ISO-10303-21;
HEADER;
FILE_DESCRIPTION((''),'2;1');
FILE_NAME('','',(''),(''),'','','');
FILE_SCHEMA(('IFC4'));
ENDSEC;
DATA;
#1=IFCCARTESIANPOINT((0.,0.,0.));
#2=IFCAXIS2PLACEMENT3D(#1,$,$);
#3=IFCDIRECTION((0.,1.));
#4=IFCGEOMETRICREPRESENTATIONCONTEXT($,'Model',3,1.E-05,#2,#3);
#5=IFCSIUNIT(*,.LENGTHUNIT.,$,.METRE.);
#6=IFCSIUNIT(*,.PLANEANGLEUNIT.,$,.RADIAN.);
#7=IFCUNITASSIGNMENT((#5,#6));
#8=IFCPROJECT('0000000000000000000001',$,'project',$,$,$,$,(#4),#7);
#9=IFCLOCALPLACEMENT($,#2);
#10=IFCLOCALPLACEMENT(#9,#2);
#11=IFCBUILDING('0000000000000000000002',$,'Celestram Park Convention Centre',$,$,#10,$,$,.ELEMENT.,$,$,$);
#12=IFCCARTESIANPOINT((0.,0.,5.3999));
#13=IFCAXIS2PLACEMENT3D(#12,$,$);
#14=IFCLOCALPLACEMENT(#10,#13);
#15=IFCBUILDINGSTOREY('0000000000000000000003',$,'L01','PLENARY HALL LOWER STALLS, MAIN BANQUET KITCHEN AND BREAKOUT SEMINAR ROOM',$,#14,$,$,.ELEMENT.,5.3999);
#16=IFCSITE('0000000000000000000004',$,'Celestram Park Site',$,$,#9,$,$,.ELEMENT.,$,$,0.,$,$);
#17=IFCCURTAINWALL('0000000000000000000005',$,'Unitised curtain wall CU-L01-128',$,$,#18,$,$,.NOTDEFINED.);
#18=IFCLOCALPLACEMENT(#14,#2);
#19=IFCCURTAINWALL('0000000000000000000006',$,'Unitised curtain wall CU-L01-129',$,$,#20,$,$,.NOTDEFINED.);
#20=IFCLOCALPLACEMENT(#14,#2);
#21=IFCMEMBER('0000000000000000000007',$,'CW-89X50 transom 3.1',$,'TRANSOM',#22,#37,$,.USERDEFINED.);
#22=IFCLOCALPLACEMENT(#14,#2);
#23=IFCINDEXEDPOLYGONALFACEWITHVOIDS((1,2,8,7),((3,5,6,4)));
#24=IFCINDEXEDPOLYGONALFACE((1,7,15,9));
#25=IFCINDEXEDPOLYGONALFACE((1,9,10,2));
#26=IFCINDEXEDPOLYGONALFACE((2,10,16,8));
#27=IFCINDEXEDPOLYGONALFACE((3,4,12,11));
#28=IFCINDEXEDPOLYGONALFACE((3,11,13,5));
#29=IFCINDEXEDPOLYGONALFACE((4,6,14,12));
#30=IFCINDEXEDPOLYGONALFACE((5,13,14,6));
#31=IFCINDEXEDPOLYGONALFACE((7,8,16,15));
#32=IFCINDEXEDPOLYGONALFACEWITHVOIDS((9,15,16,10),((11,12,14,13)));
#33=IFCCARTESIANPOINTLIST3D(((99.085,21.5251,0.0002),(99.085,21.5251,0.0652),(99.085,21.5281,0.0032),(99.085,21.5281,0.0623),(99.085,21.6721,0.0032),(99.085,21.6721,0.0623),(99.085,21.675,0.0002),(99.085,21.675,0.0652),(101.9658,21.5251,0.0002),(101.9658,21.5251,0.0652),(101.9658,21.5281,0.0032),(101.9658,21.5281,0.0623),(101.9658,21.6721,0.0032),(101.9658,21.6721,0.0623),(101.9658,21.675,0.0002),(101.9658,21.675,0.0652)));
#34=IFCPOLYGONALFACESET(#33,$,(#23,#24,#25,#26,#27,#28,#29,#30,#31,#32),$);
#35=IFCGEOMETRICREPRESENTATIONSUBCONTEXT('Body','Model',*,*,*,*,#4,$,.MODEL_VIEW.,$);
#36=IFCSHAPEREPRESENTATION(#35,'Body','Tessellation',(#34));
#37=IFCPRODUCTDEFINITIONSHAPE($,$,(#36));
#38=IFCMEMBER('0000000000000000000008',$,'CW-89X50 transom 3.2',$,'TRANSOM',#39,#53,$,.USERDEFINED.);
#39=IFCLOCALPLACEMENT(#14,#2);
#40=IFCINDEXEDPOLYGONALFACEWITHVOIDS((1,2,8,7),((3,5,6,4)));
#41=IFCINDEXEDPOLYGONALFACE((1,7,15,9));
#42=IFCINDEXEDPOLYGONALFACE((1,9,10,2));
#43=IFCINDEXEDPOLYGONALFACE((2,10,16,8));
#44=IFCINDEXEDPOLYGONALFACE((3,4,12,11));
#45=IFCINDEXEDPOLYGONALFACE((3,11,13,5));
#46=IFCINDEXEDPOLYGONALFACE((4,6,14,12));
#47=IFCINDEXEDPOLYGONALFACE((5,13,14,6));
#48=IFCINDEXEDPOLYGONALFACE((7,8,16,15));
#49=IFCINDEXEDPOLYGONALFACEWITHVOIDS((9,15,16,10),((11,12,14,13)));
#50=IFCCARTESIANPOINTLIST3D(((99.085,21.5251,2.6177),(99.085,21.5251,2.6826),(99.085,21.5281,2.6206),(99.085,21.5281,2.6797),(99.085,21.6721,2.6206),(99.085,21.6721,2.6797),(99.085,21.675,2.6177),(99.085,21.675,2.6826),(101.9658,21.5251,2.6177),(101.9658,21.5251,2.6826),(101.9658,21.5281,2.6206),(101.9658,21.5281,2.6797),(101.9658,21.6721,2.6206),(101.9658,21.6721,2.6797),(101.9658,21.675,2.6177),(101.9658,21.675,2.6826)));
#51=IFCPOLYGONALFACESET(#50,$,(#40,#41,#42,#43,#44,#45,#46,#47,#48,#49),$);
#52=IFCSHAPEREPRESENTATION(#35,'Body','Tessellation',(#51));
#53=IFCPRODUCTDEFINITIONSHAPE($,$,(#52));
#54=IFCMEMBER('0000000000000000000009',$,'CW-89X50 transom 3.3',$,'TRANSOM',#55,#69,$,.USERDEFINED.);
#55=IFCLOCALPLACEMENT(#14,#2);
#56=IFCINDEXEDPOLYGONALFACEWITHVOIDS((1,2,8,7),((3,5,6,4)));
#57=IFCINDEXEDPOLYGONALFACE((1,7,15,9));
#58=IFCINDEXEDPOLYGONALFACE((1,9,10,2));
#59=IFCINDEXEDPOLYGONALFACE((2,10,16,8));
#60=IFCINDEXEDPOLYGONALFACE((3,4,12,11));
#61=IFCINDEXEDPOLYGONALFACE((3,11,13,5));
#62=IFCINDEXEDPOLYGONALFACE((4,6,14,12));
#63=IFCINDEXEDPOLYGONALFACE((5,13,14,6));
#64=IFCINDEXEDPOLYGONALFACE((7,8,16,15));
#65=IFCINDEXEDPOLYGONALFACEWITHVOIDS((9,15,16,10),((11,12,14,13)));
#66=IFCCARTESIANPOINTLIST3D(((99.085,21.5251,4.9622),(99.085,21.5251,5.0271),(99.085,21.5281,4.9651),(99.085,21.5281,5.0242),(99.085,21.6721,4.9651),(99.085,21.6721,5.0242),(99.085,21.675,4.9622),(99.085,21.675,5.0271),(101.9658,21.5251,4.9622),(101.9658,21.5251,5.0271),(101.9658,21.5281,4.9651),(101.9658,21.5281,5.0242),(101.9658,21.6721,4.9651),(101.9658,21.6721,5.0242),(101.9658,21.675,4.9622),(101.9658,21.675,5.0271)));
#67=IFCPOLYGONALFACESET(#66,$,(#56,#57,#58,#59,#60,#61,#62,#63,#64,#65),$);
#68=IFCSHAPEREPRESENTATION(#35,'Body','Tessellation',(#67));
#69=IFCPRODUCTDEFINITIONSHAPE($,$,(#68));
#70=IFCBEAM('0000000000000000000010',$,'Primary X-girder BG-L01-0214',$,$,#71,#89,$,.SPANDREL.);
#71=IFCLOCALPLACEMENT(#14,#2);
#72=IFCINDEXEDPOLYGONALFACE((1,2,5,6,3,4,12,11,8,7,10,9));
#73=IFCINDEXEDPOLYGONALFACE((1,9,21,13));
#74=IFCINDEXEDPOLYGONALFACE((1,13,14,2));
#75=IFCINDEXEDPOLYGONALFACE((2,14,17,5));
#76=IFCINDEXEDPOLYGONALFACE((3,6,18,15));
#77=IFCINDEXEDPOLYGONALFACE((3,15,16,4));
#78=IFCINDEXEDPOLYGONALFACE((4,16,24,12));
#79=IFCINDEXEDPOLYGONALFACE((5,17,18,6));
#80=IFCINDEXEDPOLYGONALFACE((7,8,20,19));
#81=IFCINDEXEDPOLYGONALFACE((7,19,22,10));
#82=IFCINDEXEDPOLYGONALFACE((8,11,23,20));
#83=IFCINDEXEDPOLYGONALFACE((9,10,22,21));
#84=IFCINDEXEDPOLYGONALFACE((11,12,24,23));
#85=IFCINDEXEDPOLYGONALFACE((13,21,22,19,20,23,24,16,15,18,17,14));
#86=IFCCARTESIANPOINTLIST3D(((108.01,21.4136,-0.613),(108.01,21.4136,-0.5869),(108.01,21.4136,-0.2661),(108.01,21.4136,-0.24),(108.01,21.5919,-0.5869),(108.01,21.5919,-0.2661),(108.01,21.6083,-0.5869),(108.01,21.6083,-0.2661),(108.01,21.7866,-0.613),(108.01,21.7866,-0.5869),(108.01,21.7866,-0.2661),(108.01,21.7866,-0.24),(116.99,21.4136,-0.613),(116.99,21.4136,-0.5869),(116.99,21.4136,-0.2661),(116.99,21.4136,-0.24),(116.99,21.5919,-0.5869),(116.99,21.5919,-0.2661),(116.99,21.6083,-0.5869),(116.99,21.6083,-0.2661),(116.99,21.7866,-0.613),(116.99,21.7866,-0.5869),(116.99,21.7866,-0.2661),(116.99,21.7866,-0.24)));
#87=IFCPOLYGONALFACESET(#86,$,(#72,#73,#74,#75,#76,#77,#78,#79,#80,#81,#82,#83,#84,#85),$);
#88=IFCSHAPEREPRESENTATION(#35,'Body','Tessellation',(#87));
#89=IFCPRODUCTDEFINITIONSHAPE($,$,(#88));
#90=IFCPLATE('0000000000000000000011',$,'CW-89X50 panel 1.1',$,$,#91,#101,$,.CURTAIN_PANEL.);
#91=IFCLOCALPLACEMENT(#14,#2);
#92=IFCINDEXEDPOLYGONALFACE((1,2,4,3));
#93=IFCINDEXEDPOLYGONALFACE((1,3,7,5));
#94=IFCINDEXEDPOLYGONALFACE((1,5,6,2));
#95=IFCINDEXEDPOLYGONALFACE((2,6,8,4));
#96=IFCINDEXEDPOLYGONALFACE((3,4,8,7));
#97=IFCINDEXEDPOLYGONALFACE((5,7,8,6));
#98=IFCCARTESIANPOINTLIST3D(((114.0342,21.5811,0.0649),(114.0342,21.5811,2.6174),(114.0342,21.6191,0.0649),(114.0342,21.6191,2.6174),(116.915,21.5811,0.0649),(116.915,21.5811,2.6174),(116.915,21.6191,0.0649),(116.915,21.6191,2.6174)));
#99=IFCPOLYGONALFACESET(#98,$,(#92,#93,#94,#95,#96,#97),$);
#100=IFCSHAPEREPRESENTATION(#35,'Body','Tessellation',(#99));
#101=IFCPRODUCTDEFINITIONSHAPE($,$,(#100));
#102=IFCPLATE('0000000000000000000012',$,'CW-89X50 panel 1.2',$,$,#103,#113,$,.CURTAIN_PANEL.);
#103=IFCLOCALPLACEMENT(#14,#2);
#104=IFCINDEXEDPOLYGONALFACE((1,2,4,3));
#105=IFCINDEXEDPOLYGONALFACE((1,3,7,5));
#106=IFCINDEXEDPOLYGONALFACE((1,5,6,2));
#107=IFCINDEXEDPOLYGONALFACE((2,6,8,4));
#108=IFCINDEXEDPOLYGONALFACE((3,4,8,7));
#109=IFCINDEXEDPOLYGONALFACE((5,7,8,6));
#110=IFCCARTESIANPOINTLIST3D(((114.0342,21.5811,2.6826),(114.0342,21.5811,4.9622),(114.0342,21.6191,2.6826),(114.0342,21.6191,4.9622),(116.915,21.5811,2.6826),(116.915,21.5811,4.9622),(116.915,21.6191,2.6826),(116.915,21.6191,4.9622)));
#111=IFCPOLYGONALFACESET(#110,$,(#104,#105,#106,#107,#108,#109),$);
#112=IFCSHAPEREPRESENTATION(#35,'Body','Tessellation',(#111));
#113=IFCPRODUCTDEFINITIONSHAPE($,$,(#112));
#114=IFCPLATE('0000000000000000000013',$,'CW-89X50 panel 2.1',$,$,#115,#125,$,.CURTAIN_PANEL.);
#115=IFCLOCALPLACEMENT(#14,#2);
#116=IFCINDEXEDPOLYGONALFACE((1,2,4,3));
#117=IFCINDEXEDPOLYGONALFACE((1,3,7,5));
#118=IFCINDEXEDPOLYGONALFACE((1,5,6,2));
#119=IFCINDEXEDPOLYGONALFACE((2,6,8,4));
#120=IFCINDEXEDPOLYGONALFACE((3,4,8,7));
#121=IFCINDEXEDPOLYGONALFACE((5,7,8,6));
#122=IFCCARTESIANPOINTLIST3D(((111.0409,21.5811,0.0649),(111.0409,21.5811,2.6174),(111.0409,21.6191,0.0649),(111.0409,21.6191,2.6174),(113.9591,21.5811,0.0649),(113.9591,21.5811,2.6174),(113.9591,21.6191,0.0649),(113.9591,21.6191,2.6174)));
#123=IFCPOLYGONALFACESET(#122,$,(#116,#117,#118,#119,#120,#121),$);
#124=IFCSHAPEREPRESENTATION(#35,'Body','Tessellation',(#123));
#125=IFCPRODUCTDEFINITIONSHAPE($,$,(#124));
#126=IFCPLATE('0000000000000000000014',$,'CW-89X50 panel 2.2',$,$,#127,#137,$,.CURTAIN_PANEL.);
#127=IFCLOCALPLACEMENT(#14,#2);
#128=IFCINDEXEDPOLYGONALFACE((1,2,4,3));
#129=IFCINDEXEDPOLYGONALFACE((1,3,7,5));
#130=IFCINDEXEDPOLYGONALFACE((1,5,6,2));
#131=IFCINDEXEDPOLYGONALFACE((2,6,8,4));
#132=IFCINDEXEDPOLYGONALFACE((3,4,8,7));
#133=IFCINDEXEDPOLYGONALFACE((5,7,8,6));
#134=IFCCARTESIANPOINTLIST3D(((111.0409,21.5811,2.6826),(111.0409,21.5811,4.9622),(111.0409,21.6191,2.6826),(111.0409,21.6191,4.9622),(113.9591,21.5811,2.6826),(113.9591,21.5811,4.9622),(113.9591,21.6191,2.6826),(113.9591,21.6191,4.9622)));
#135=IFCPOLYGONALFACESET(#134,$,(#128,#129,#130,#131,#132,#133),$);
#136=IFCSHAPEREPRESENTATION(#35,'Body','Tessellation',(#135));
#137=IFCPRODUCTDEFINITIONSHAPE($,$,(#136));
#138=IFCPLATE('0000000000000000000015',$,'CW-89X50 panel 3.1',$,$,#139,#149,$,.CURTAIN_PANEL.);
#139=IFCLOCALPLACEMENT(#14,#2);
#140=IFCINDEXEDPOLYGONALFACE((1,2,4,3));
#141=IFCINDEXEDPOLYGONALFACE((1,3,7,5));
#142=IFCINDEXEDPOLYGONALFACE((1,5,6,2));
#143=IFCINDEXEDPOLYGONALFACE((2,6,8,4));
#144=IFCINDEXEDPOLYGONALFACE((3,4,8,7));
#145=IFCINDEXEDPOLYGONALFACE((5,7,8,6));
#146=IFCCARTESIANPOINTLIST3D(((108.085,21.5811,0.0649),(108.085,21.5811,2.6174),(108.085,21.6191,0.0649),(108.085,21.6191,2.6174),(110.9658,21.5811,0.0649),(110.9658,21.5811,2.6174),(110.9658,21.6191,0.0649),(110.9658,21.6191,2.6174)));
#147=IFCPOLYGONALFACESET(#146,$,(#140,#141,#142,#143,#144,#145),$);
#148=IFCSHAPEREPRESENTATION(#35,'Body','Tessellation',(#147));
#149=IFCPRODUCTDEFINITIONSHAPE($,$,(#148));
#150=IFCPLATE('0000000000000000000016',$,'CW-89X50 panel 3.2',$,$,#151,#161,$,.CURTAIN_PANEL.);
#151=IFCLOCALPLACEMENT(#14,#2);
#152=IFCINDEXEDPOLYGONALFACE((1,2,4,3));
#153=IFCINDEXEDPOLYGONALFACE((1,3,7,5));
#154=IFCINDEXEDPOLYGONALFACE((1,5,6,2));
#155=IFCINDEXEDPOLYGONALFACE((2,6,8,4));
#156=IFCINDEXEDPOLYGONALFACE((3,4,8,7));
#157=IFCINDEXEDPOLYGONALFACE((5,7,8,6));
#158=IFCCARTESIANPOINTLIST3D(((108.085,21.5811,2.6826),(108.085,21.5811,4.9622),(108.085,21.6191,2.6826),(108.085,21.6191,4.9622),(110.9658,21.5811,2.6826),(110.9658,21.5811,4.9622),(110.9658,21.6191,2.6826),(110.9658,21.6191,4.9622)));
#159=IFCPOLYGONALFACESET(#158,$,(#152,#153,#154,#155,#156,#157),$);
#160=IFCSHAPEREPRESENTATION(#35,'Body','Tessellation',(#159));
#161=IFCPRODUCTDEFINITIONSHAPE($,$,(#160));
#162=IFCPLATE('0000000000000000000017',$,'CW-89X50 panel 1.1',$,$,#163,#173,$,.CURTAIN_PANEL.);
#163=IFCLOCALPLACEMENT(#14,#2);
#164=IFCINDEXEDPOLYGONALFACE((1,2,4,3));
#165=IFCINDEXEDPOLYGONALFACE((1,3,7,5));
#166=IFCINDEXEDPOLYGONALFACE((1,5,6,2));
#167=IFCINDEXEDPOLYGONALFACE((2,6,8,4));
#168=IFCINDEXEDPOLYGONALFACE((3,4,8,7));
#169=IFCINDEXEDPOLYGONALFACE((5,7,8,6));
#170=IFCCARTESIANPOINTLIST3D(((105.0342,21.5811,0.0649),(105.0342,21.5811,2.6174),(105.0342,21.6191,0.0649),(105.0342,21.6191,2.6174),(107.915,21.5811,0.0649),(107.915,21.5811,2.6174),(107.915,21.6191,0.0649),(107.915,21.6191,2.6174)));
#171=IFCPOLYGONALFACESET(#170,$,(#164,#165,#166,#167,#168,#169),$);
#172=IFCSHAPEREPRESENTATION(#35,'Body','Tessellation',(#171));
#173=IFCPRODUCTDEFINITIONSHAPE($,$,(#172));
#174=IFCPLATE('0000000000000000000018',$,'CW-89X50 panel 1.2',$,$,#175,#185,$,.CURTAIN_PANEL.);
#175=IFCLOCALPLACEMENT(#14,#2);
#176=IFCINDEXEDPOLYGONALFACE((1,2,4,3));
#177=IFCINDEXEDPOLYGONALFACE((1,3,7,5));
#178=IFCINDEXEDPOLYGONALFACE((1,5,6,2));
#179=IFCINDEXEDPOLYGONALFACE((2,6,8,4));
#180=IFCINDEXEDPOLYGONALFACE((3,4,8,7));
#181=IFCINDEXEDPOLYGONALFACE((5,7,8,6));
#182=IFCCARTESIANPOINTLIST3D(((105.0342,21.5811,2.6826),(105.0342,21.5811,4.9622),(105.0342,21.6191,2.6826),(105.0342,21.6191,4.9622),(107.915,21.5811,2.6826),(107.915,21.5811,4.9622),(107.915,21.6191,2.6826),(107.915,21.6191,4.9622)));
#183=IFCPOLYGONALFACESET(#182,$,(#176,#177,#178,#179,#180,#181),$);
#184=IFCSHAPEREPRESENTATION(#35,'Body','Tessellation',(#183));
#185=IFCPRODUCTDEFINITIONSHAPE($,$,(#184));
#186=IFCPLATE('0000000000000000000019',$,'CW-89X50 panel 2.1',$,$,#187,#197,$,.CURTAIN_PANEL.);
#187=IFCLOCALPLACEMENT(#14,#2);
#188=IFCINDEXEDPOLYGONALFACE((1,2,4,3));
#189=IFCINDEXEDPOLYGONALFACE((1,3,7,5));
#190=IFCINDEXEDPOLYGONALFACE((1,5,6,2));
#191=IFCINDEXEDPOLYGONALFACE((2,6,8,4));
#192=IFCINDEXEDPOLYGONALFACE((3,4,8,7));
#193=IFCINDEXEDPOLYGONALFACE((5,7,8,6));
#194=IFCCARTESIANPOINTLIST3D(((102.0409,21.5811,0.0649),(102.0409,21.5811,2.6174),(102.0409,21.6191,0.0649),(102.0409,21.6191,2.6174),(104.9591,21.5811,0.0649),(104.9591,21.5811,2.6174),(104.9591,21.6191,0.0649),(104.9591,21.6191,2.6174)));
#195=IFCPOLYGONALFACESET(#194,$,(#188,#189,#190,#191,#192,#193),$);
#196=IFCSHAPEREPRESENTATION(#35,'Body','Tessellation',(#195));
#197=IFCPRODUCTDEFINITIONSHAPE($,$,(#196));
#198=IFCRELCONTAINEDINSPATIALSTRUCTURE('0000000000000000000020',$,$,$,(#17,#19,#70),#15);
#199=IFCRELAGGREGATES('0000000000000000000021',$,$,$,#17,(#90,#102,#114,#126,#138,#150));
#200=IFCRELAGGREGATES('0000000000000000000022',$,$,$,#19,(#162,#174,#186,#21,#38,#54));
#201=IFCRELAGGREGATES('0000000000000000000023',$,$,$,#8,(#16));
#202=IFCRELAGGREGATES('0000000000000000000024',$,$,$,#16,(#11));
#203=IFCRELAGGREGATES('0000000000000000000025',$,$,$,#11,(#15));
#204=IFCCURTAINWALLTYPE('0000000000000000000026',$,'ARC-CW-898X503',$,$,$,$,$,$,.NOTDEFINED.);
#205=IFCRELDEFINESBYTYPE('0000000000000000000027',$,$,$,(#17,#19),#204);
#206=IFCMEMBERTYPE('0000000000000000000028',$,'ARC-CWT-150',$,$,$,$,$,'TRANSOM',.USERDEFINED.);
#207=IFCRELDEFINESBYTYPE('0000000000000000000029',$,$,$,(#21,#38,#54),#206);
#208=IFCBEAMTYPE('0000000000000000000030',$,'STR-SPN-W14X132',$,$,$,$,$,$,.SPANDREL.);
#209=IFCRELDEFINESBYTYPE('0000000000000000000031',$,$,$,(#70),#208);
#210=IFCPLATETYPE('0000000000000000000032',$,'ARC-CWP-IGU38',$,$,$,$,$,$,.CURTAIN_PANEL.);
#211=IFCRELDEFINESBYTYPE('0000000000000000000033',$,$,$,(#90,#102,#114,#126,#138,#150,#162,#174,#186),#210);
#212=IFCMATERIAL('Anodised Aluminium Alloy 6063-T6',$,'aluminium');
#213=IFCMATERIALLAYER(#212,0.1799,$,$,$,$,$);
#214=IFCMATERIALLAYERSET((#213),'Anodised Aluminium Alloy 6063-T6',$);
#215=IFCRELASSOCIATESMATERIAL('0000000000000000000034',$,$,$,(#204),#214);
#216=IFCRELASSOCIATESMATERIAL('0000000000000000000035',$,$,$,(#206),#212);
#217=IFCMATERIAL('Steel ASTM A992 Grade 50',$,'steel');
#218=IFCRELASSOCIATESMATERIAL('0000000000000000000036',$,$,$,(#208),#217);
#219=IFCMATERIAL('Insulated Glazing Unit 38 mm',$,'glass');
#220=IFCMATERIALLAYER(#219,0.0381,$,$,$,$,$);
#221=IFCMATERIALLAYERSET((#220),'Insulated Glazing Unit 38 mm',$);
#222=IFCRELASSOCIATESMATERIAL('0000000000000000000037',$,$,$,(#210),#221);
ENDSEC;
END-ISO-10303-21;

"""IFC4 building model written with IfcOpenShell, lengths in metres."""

from ifc_helpers import new_model, si_unit, direction, frame, origin, origin_2d, place, context, subcontext, project, spatial, rectangle, hollow_rectangle, i_section, extrude, material, layer, layer_set, material_profile, profile_set, type_object, element, aggregate, save


model = new_model("IFC4")

# Units and contexts
model_context = context("Model", 3, precision=1e-05, world=origin(), true_north=direction((0.0, 1.0)))
body_context = subcontext(model_context, "Body", "Model", "MODEL_VIEW")
ifc_project = project(units=[si_unit("LENGTHUNIT", "METRE"), si_unit("PLANEANGLEUNIT", "RADIAN")], contexts=[model_context])

# Site, building, storey
site_placement = place(None, origin())
site = spatial("IfcSite", under=ifc_project, at=site_placement, Name="Celestram Park Site", CompositionType="ELEMENT", RefElevation=0.0)
building_placement = place(site_placement, origin())
building = spatial("IfcBuilding", under=site, at=building_placement, Name="Celestram Park Convention Centre", CompositionType="ELEMENT")
storey_placement = place(building_placement, frame((0.0, 0.0, 5.3999)))
storey = spatial("IfcBuildingStorey", under=building, at=storey_placement, Name="L01", Description="PLENARY HALL LOWER STALLS, MAIN BANQUET KITCHEN AND BREAKOUT SEMINAR ROOM", CompositionType="ELEMENT", Elevation=5.3999)

# Shared definitions
ifc_material_1 = material(Name="Steel ASTM A992 Grade 50", Category="steel")

# Curtain walls
ifc_material_2 = material(Name="Anodised Aluminium Alloy 6063-T6", Category="aluminium")
ifc_layer_1 = layer(ifc_material_2, 0.1799)
ifc_layer_set_1 = layer_set([ifc_layer_1], Name="Anodised Aluminium Alloy 6063-T6")
curtain_wall_type = type_object("IfcCurtainWallType", Name="ARC-CW-898X503", PredefinedType="NOTDEFINED", material=ifc_layer_set_1)
curtain_wall_1_placement = place(storey_placement, origin())
curtain_wall_1 = element("IfcCurtainWall", 1, at=curtain_wall_1_placement, inside=storey, type_object=curtain_wall_type, Name="Unitised curtain wall CU-L01-128", PredefinedType="NOTDEFINED")
curtain_wall_2_placement = place(storey_placement, origin())
curtain_wall_2 = element("IfcCurtainWall", 2, at=curtain_wall_2_placement, inside=storey, type_object=curtain_wall_type, Name="Unitised curtain wall CU-L01-129", PredefinedType="NOTDEFINED")

# Members
ifc_material_profile_1 = material_profile(ifc_material_2, hollow_rectangle(XDim=0.1499, YDim=0.0649, WallThickness=0.0029, at=origin_2d()), Name="ALU150X65X3")
ifc_profile_set_1 = profile_set([ifc_material_profile_1], Name="Anodised Aluminium Alloy 6063-T6")
member_type_1 = type_object("IfcMemberType", Name="ARC-CWT-150", ElementType="TRANSOM", PredefinedType="USERDEFINED", material=ifc_profile_set_1)
member_1_placement = place(storey_placement, frame((101.9658, 21.6001, 0.0327), z_axis=(-1.0, 0.0, 0.0), x_axis=(0.0, -1.0, 0.0)))
member_1 = element("IfcMember", 3, at=member_1_placement, type_object=member_type_1, Name="CW-89X50 transom 3.1", ObjectType="TRANSOM", PredefinedType="USERDEFINED", context=body_context, shape_type="SweptSolid", body=[
    extrude(hollow_rectangle(XDim=0.1499, YDim=0.0649, WallThickness=0.0029, at=origin_2d()), origin(), (0.0, 0.0, 1.0), 2.8809),
])
member_2_placement = place(storey_placement, frame((101.9658, 21.6001, 2.6501), z_axis=(-1.0, 0.0, 0.0), x_axis=(0.0, -1.0, 0.0)))
member_2 = element("IfcMember", 4, at=member_2_placement, type_object=member_type_1, Name="CW-89X50 transom 3.2", ObjectType="TRANSOM", PredefinedType="USERDEFINED", context=body_context, shape_type="SweptSolid", body=[
    extrude(hollow_rectangle(XDim=0.1499, YDim=0.0649, WallThickness=0.0029, at=origin_2d()), origin(), (0.0, 0.0, 1.0), 2.8809),
])
member_3_placement = place(storey_placement, frame((101.9658, 21.6001, 4.9946), z_axis=(-1.0, 0.0, 0.0), x_axis=(0.0, -1.0, 0.0)))
member_3 = element("IfcMember", 5, at=member_3_placement, type_object=member_type_1, Name="CW-89X50 transom 3.3", ObjectType="TRANSOM", PredefinedType="USERDEFINED", context=body_context, shape_type="SweptSolid", body=[
    extrude(hollow_rectangle(XDim=0.1499, YDim=0.0649, WallThickness=0.0029, at=origin_2d()), origin(), (0.0, 0.0, 1.0), 2.8809),
])

# Beam
ifc_material_profile_2 = material_profile(ifc_material_1, i_section(OverallWidth=0.373, OverallDepth=0.373, WebThickness=0.0164, FlangeThickness=0.0261, at=origin_2d()), Name="W14X132")
ifc_profile_set_2 = profile_set([ifc_material_profile_2], Name="Steel ASTM A992 Grade 50")
beam_type = type_object("IfcBeamType", Name="STR-SPN-W14X132", PredefinedType="SPANDREL", material=ifc_profile_set_2)
beam_placement = place(storey_placement, frame((108.01, 21.6001, -0.4265), z_axis=(1.0, 0.0, 0.0), x_axis=(0.0, 1.0, 0.0)))
element("IfcBeam", 6, at=beam_placement, inside=storey, type_object=beam_type, Name="Primary X-girder BG-L01-0214", PredefinedType="SPANDREL", context=body_context, shape_type="SweptSolid", body=[
    extrude(i_section(OverallWidth=0.373, OverallDepth=0.373, WebThickness=0.0164, FlangeThickness=0.0261, at=origin_2d()), origin(), (0.0, 0.0, 1.0), 8.98),
])

# Plates
ifc_material_3 = material(Name="Insulated Glazing Unit 38 mm", Category="glass")
ifc_layer_2 = layer(ifc_material_3, 0.0381)
ifc_layer_set_2 = layer_set([ifc_layer_2], Name="Insulated Glazing Unit 38 mm")
plate_type = type_object("IfcPlateType", Name="ARC-CWP-IGU38", PredefinedType="CURTAIN_PANEL", material=ifc_layer_set_2)
plate_1_placement = place(storey_placement, frame((115.4746, 21.6001, 0.0649), z_axis=(0.0, 0.0, 1.0), x_axis=(-1.0, 0.0, 0.0)))
plate_1 = element("IfcPlate", 7, at=plate_1_placement, type_object=plate_type, Name="CW-89X50 panel 1.1", PredefinedType="CURTAIN_PANEL", context=body_context, shape_type="SweptSolid", body=[
    extrude(rectangle(XDim=2.8809, YDim=0.0381, at=origin_2d()), origin(), (0.0, 0.0, 1.0), 2.5525),
])
plate_2_placement = place(storey_placement, frame((115.4746, 21.6001, 2.6826), z_axis=(0.0, 0.0, 1.0), x_axis=(-1.0, 0.0, 0.0)))
plate_2 = element("IfcPlate", 8, at=plate_2_placement, type_object=plate_type, Name="CW-89X50 panel 1.2", PredefinedType="CURTAIN_PANEL", context=body_context, shape_type="SweptSolid", body=[
    extrude(rectangle(XDim=2.8809, YDim=0.0381, at=origin_2d()), origin(), (0.0, 0.0, 1.0), 2.2795),
])
plate_3_placement = place(storey_placement, frame((112.5, 21.6001, 0.0649), z_axis=(0.0, 0.0, 1.0), x_axis=(-1.0, 0.0, 0.0)))
plate_3 = element("IfcPlate", 9, at=plate_3_placement, type_object=plate_type, Name="CW-89X50 panel 2.1", PredefinedType="CURTAIN_PANEL", context=body_context, shape_type="SweptSolid", body=[
    extrude(rectangle(XDim=2.9182, YDim=0.0381, at=origin_2d()), origin(), (0.0, 0.0, 1.0), 2.5525),
])
plate_4_placement = place(storey_placement, frame((112.5, 21.6001, 2.6826), z_axis=(0.0, 0.0, 1.0), x_axis=(-1.0, 0.0, 0.0)))
plate_4 = element("IfcPlate", 10, at=plate_4_placement, type_object=plate_type, Name="CW-89X50 panel 2.2", PredefinedType="CURTAIN_PANEL", context=body_context, shape_type="SweptSolid", body=[
    extrude(rectangle(XDim=2.9182, YDim=0.0381, at=origin_2d()), origin(), (0.0, 0.0, 1.0), 2.2795),
])
plate_5_placement = place(storey_placement, frame((109.5254, 21.6001, 0.0649), z_axis=(0.0, 0.0, 1.0), x_axis=(-1.0, 0.0, 0.0)))
plate_5 = element("IfcPlate", 11, at=plate_5_placement, type_object=plate_type, Name="CW-89X50 panel 3.1", PredefinedType="CURTAIN_PANEL", context=body_context, shape_type="SweptSolid", body=[
    extrude(rectangle(XDim=2.8809, YDim=0.0381, at=origin_2d()), origin(), (0.0, 0.0, 1.0), 2.5525),
])
plate_6_placement = place(storey_placement, frame((109.5254, 21.6001, 2.6826), z_axis=(0.0, 0.0, 1.0), x_axis=(-1.0, 0.0, 0.0)))
plate_6 = element("IfcPlate", 12, at=plate_6_placement, type_object=plate_type, Name="CW-89X50 panel 3.2", PredefinedType="CURTAIN_PANEL", context=body_context, shape_type="SweptSolid", body=[
    extrude(rectangle(XDim=2.8809, YDim=0.0381, at=origin_2d()), origin(), (0.0, 0.0, 1.0), 2.2795),
])
aggregate(curtain_wall_1, [plate_1, plate_2, plate_3, plate_4, plate_5, plate_6])
plate_7_placement = place(storey_placement, frame((106.4746, 21.6001, 0.0649), z_axis=(0.0, 0.0, 1.0), x_axis=(-1.0, 0.0, 0.0)))
plate_7 = element("IfcPlate", 13, at=plate_7_placement, type_object=plate_type, Name="CW-89X50 panel 1.1", PredefinedType="CURTAIN_PANEL", context=body_context, shape_type="SweptSolid", body=[
    extrude(rectangle(XDim=2.8809, YDim=0.0381, at=origin_2d()), origin(), (0.0, 0.0, 1.0), 2.5525),
])
plate_8_placement = place(storey_placement, frame((106.4746, 21.6001, 2.6826), z_axis=(0.0, 0.0, 1.0), x_axis=(-1.0, 0.0, 0.0)))
plate_8 = element("IfcPlate", 14, at=plate_8_placement, type_object=plate_type, Name="CW-89X50 panel 1.2", PredefinedType="CURTAIN_PANEL", context=body_context, shape_type="SweptSolid", body=[
    extrude(rectangle(XDim=2.8809, YDim=0.0381, at=origin_2d()), origin(), (0.0, 0.0, 1.0), 2.2795),
])
plate_9_placement = place(storey_placement, frame((103.5, 21.6001, 0.0649), z_axis=(0.0, 0.0, 1.0), x_axis=(-1.0, 0.0, 0.0)))
plate_9 = element("IfcPlate", 15, at=plate_9_placement, type_object=plate_type, Name="CW-89X50 panel 2.1", PredefinedType="CURTAIN_PANEL", context=body_context, shape_type="SweptSolid", body=[
    extrude(rectangle(XDim=2.9182, YDim=0.0381, at=origin_2d()), origin(), (0.0, 0.0, 1.0), 2.5525),
])
aggregate(curtain_wall_2, [plate_7, plate_8, plate_9, member_1, member_2, member_3])

save(model, "model.ifc")
